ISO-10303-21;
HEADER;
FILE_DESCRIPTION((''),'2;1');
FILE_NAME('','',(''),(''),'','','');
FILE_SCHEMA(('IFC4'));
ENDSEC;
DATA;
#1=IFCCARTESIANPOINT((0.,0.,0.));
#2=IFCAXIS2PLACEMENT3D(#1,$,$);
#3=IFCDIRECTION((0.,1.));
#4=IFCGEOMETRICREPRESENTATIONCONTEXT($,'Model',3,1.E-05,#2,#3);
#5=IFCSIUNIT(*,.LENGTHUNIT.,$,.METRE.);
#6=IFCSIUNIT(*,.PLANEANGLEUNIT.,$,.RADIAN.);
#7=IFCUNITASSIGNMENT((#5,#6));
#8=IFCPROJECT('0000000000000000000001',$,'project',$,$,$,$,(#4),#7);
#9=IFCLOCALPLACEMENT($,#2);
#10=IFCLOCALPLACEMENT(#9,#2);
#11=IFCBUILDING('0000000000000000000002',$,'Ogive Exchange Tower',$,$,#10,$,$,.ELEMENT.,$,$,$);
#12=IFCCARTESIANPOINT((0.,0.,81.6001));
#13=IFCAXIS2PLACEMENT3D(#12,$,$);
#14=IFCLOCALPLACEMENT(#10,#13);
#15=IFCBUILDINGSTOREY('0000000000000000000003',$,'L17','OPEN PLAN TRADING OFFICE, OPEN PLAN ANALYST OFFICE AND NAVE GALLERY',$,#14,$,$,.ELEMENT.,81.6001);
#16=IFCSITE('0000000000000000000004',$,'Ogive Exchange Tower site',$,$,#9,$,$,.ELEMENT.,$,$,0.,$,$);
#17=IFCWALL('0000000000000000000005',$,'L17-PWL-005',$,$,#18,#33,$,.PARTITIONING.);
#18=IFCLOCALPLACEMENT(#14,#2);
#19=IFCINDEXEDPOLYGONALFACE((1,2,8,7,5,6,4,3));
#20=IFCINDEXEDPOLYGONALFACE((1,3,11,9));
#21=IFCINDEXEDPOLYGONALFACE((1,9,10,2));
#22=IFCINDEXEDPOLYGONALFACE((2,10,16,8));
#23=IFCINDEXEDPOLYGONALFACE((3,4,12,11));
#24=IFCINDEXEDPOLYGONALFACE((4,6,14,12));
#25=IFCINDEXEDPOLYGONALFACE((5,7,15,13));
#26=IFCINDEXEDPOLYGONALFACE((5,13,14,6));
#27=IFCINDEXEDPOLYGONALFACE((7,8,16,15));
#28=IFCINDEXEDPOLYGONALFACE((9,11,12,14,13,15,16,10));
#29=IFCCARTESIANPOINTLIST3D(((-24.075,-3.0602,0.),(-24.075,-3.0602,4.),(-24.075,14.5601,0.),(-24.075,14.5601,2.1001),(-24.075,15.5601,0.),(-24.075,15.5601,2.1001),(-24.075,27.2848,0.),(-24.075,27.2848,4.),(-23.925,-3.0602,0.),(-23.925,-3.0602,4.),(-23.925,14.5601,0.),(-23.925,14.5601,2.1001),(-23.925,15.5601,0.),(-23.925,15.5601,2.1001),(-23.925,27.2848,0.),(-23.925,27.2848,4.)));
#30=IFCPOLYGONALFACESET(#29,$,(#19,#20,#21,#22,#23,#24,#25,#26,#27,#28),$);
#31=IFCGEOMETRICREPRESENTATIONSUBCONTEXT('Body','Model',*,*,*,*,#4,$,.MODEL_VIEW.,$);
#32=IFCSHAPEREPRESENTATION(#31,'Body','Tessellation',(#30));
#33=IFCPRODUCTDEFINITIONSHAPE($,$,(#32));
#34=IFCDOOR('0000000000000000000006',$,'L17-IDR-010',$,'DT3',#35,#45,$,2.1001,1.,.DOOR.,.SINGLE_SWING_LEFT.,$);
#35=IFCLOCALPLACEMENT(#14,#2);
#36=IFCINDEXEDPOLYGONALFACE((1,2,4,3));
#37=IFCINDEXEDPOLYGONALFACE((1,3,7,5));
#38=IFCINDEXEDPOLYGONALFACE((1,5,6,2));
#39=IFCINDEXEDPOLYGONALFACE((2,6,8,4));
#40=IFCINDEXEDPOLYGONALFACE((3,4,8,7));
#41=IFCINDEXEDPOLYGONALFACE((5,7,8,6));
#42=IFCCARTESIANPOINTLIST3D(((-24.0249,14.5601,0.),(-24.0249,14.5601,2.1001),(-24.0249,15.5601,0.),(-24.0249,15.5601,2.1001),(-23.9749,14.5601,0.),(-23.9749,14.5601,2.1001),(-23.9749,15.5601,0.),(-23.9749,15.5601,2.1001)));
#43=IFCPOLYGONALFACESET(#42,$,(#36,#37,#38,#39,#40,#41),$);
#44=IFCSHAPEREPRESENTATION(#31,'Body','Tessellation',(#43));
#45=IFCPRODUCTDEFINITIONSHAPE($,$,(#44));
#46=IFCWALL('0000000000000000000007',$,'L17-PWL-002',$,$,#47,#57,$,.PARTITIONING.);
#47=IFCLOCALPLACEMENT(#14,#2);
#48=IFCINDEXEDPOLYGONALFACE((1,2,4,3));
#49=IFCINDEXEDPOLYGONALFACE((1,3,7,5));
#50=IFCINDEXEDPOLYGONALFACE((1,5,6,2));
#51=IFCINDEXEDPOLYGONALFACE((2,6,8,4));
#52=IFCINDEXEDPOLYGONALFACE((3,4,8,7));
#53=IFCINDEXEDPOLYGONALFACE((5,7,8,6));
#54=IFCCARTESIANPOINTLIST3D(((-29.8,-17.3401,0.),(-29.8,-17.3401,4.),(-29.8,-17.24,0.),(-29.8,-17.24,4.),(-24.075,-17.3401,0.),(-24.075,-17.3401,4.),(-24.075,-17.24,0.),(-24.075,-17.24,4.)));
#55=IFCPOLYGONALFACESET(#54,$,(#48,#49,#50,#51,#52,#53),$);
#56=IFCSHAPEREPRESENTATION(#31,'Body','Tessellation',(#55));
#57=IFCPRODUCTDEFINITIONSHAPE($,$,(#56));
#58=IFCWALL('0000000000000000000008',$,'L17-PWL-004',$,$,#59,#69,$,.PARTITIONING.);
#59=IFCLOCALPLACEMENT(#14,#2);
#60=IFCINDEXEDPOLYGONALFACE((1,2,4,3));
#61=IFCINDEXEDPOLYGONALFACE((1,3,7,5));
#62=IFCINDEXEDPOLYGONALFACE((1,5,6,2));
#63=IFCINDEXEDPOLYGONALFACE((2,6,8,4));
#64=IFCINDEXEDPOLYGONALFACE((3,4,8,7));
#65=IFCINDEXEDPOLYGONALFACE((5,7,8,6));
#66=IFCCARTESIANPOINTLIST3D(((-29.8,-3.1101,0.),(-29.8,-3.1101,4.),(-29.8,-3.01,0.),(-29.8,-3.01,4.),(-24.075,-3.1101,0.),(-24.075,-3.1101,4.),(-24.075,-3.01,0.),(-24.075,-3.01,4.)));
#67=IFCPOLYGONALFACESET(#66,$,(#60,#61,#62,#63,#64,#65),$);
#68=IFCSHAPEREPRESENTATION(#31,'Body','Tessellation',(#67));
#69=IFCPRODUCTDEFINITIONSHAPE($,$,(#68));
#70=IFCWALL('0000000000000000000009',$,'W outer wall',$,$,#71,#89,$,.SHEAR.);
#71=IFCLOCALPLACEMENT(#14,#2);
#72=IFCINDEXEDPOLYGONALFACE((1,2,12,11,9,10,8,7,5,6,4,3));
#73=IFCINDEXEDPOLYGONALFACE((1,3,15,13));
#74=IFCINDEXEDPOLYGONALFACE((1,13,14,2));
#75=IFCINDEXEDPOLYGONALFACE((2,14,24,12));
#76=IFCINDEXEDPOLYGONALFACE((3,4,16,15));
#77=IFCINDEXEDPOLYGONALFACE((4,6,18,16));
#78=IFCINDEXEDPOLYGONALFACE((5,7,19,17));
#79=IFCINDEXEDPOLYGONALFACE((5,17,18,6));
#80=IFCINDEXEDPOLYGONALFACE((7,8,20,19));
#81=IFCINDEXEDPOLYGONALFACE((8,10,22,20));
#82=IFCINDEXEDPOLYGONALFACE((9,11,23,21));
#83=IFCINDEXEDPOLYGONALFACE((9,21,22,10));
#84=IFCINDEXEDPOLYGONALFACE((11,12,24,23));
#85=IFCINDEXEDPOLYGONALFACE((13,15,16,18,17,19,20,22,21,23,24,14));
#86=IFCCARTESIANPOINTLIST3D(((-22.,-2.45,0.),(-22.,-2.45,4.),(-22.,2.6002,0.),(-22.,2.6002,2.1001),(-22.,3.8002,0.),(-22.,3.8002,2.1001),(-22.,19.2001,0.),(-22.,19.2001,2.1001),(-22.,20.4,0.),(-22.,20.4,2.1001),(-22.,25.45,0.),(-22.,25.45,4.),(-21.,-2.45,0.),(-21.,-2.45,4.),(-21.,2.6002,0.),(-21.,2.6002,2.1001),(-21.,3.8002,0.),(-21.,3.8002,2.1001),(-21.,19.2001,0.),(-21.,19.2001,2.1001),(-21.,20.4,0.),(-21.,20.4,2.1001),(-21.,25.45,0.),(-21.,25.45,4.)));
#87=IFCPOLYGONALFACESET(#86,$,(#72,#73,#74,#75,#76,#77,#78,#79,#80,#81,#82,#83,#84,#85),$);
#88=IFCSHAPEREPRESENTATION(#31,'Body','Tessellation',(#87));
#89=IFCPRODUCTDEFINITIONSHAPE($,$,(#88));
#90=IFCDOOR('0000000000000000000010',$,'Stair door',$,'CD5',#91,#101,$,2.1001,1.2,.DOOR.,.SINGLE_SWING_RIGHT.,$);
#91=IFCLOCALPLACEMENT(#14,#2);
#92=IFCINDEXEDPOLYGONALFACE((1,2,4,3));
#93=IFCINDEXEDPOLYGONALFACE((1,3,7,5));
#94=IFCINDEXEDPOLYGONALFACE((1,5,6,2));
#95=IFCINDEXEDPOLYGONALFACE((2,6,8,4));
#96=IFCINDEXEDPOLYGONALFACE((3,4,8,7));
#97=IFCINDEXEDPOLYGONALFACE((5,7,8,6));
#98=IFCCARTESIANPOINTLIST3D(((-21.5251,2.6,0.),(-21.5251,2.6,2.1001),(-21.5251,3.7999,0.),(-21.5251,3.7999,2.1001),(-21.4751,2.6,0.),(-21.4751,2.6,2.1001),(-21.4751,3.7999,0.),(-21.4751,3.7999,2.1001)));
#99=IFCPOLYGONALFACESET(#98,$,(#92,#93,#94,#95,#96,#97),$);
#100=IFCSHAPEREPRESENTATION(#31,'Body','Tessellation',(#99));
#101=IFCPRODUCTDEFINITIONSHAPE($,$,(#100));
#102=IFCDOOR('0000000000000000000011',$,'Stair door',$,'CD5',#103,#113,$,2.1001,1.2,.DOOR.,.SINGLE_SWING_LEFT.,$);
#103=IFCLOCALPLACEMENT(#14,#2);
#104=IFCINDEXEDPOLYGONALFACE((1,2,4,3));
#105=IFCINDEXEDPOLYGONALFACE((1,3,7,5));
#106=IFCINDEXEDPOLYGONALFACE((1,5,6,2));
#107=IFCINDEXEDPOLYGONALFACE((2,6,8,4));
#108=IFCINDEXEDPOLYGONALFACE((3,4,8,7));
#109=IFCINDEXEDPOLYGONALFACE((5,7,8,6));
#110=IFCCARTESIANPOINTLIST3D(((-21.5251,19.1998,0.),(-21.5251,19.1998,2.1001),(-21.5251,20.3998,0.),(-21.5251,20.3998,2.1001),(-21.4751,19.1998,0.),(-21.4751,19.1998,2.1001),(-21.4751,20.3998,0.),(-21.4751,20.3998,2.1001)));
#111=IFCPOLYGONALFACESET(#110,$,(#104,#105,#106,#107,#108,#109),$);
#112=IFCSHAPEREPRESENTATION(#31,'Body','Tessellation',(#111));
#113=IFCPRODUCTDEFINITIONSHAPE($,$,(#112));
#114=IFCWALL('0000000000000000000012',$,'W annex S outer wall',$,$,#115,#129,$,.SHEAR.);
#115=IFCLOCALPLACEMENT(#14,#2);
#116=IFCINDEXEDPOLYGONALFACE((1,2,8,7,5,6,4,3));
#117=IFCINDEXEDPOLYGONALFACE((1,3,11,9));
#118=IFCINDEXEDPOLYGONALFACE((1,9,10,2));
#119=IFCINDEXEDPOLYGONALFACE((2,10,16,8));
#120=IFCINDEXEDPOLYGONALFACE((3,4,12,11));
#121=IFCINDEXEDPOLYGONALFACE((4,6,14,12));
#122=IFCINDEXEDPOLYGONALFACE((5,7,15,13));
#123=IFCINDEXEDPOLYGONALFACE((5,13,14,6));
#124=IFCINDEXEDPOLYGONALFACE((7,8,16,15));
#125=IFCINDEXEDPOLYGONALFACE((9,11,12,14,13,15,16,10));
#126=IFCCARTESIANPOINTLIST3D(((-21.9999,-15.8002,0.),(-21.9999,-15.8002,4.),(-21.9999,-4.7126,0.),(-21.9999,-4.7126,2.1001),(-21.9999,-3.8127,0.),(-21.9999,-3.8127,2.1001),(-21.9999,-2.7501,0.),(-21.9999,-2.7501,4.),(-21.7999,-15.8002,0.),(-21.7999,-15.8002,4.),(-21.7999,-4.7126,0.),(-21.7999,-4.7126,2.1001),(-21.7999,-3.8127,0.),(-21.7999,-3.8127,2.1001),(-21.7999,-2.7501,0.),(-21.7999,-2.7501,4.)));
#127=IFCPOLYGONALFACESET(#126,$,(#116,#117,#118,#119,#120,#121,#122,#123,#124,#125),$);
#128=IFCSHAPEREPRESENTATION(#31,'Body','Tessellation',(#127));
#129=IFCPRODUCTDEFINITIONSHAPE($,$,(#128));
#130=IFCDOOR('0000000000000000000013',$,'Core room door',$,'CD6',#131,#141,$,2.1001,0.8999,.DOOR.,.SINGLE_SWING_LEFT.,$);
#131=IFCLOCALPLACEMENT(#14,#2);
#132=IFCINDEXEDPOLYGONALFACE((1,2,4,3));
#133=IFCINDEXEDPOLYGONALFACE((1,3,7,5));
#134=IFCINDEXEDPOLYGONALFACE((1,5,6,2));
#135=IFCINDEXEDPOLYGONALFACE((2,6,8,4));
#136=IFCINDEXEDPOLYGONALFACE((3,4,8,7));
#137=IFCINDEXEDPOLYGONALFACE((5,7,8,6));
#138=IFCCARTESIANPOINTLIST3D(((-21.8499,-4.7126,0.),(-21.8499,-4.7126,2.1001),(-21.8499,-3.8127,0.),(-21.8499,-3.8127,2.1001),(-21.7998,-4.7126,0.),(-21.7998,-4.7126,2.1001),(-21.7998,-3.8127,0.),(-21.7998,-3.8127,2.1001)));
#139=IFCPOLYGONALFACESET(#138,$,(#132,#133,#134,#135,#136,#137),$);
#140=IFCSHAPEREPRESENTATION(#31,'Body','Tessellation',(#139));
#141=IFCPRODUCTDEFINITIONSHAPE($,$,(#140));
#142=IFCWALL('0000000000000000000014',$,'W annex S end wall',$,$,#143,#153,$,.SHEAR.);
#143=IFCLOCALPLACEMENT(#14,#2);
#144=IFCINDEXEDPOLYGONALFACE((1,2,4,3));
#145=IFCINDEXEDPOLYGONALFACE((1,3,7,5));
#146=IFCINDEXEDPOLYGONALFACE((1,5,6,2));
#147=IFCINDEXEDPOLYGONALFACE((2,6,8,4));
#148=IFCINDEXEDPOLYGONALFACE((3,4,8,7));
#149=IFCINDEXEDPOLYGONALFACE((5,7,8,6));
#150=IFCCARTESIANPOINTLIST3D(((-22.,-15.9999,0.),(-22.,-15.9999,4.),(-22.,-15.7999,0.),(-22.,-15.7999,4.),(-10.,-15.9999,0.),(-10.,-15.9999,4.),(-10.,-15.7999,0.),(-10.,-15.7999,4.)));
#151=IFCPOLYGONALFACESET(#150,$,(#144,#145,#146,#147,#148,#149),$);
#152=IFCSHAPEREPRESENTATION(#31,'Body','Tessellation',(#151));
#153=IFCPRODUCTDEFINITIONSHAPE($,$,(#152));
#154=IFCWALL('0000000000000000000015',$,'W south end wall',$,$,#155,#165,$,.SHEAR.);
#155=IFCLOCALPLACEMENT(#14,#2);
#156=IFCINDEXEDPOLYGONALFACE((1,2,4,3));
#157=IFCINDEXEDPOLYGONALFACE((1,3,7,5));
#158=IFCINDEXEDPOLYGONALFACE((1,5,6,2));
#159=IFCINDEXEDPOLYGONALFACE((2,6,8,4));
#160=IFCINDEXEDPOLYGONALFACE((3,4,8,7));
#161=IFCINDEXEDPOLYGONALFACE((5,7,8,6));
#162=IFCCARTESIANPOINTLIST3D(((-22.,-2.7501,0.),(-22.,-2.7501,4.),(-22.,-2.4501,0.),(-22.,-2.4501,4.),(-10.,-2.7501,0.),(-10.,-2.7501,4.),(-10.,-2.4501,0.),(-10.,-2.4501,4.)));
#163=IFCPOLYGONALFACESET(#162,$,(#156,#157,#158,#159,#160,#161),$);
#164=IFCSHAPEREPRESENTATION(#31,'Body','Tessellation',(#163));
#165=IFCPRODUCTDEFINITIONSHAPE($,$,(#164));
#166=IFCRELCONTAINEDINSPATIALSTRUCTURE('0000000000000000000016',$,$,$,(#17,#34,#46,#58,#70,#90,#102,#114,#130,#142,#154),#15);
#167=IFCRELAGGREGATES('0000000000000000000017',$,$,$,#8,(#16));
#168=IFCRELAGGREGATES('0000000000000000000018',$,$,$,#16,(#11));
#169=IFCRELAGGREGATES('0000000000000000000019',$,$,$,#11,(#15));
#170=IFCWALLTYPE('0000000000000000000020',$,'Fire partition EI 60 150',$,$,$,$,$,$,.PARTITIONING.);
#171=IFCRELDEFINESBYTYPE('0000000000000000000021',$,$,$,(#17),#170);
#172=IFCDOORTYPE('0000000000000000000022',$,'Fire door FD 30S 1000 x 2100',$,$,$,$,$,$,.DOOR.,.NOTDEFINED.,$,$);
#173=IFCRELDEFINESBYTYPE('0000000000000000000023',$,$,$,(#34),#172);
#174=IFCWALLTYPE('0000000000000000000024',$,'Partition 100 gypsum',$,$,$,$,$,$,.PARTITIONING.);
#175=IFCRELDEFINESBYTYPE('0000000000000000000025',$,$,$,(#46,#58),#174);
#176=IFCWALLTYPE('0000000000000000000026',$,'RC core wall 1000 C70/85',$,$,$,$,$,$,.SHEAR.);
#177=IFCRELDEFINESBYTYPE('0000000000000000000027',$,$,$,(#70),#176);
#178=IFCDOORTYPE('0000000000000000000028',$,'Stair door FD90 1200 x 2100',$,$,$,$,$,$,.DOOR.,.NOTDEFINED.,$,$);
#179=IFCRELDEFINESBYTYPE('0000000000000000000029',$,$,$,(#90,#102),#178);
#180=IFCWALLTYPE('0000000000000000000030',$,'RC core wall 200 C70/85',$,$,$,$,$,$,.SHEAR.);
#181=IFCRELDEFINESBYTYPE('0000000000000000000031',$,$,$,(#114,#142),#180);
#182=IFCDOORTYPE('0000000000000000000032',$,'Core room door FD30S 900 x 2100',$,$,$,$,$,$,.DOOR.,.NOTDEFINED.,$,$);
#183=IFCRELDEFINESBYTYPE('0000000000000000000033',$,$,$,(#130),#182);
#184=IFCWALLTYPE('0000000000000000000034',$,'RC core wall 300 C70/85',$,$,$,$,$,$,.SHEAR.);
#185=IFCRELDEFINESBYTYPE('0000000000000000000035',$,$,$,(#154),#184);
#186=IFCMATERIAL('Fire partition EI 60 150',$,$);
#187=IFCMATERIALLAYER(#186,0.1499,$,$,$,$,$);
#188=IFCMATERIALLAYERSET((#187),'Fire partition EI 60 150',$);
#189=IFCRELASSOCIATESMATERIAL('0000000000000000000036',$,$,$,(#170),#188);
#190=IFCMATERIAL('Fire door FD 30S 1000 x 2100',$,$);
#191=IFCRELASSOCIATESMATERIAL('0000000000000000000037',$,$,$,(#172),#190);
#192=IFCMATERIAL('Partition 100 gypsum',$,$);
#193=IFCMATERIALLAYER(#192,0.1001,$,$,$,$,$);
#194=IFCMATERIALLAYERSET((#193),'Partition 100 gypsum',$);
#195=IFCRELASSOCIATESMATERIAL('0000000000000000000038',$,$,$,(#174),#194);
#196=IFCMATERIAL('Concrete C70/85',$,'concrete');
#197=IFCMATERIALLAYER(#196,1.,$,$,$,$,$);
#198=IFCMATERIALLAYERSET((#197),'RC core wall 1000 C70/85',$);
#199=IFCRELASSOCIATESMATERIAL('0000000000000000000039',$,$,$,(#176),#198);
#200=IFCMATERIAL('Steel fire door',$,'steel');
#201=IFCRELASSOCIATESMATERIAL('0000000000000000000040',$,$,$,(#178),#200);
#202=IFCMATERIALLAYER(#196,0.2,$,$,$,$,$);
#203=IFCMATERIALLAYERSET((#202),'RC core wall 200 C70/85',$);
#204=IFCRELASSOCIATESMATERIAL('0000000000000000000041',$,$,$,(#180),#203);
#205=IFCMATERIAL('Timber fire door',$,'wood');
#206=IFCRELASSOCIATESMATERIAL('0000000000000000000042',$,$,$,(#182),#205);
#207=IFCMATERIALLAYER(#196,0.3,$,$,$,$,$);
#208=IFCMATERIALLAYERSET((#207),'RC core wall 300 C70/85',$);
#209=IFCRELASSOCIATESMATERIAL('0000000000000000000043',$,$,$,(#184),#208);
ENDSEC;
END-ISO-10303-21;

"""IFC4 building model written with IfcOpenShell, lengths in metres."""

from ifc_helpers import new_model, si_unit, direction, frame, frame_2d, origin, place, context, subcontext, project, spatial, rectangle, extrude, material, layer, layer_set, type_object, element, fill, save


model = new_model("IFC4")

# Units and contexts
model_context = context("Model", 3, precision=1e-05, world=origin(), true_north=direction((0.0, 1.0)))
body_context = subcontext(model_context, "Body", "Model", "MODEL_VIEW")
ifc_project = project(units=[si_unit("LENGTHUNIT", "METRE"), si_unit("PLANEANGLEUNIT", "RADIAN")], contexts=[model_context])

# Site, building, storey
site_placement = place(None, origin())
site = spatial("IfcSite", under=ifc_project, at=site_placement, Name="Ogive Exchange Tower site", CompositionType="ELEMENT", RefElevation=0.0)
building_placement = place(site_placement, origin())
building = spatial("IfcBuilding", under=site, at=building_placement, Name="Ogive Exchange Tower", CompositionType="ELEMENT")
storey_placement = place(building_placement, frame((0.0, 0.0, 81.6001)))
storey = spatial("IfcBuildingStorey", under=building, at=storey_placement, Name="L17", Description="OPEN PLAN TRADING OFFICE, OPEN PLAN ANALYST OFFICE AND NAVE GALLERY", CompositionType="ELEMENT", Elevation=81.6001)

# Wall, opening, door
ifc_material_1 = material(Name="Fire partition EI 60 150")
ifc_layer_1 = layer(ifc_material_1, 0.1499)
ifc_layer_set_1 = layer_set([ifc_layer_1], Name="Fire partition EI 60 150")
wall_type_1 = type_object("IfcWallType", Name="Fire partition EI 60 150", PredefinedType="PARTITIONING", material=ifc_layer_set_1)
ifc_material_2 = material(Name="Fire door FD 30S 1000 x 2100")
door_type_1 = type_object("IfcDoorType", Name="Fire door FD 30S 1000 x 2100", OperationType="NOTDEFINED", PredefinedType="DOOR", material=ifc_material_2)
wall_1_placement = place(storey_placement, frame((-24.0, -3.0601, 0.0), z_axis=(0.0, 0.0, 1.0), x_axis=(0.0, 1.0, 0.0)))
wall_1 = element("IfcWall", 1, at=wall_1_placement, inside=storey, type_object=wall_type_1, Name="L17-PWL-005", PredefinedType="PARTITIONING", context=body_context, shape_type="SweptSolid", body=[
    extrude(rectangle(XDim=30.345, YDim=0.1499, at=frame_2d((15.1724, 0.0))), origin(), (0.0, 0.0, 1.0), 4.0),
])
opening_1_placement = place(wall_1_placement, frame((17.6201, 0.0, 0.0)))
opening_1 = element("IfcOpeningElement", 2, at=opening_1_placement, cuts=wall_1, PredefinedType="OPENING", context=body_context, shape_type="SweptSolid", body=[
    extrude(rectangle(XDim=1.0, YDim=2.1001, at=frame_2d((0.5, 1.05))), frame((0.0, 0.085, 0.0), z_axis=(0.0, -1.0, 0.0), x_axis=(1.0, 0.0, 0.0)), (0.0, 0.0, 1.0), 0.1699),
])
door_1_placement = place(opening_1_placement, origin())
door_1 = element("IfcDoor", 3, at=door_1_placement, inside=storey, type_object=door_type_1, Name="L17-IDR-010", ObjectType="DT3", OperationType="SINGLE_SWING_LEFT", OverallHeight=2.1001, OverallWidth=1.0, PredefinedType="DOOR", context=body_context, shape_type="SweptSolid", body=[
    extrude(rectangle(XDim=1.0, YDim=2.1001, at=frame_2d((0.5, 1.05))), frame((0.0, 0.0249, 0.0), z_axis=(0.0, -1.0, 0.0), x_axis=(1.0, 0.0, 0.0)), (0.0, 0.0, 1.0), 0.05),
])
fill(opening_1, door_1)

# Walls
ifc_material_3 = material(Name="Partition 100 gypsum")
ifc_layer_2 = layer(ifc_material_3, 0.1001)
ifc_layer_set_2 = layer_set([ifc_layer_2], Name="Partition 100 gypsum")
wall_type_2 = type_object("IfcWallType", Name="Partition 100 gypsum", PredefinedType="PARTITIONING", material=ifc_layer_set_2)
for number, where, z_axis, x_axis, name in (
    (4, (-24.075, -17.29, 0.0), (0.0, 0.0, 1.0), (-1.0, 0.0, 0.0), "L17-PWL-002"),
    (5, (-24.075, -3.0601, 0.0), (0.0, 0.0, 1.0), (-1.0, 0.0, 0.0), "L17-PWL-004"),
):
    element("IfcWall", number, at=place(storey_placement, frame(where, z_axis=z_axis, x_axis=x_axis)), inside=storey, type_object=wall_type_2, Name=name, PredefinedType="PARTITIONING", context=body_context, shape_type="SweptSolid", body=[
        extrude(rectangle(XDim=5.7251, YDim=0.1001, at=frame_2d((2.8625, 0.0))), origin(), (0.0, 0.0, 1.0), 4.0),
    ])

# Wall, openings, doors
ifc_material_4 = material(Name="Concrete C70/85", Category="concrete")
ifc_layer_3 = layer(ifc_material_4, 1.0)
ifc_layer_set_3 = layer_set([ifc_layer_3], Name="RC core wall 1000 C70/85")
wall_type_3 = type_object("IfcWallType", Name="RC core wall 1000 C70/85", PredefinedType="SHEAR", material=ifc_layer_set_3)
wall_2_placement = place(storey_placement, frame((-21.5, -2.45, 0.0), z_axis=(0.0, 0.0, 1.0), x_axis=(0.0, 1.0, 0.0)))
wall_2 = element("IfcWall", 6, at=wall_2_placement, inside=storey, type_object=wall_type_3, Name="W outer wall", PredefinedType="SHEAR", context=body_context, shape_type="SweptSolid", body=[
    extrude(rectangle(XDim=27.8999, YDim=1.0, at=frame_2d((13.95, 0.0))), origin(), (0.0, 0.0, 1.0), 4.0),
])
opening_2_placement = place(wall_2_placement, frame((5.05, 0.0, 0.0)))
opening_2 = element("IfcOpeningElement", 7, at=opening_2_placement, cuts=wall_2, PredefinedType="OPENING", context=body_context, shape_type="SweptSolid", body=[
    extrude(rectangle(XDim=1.2, YDim=2.1001, at=frame_2d((0.6001, 1.05))), frame((0.0, 0.51, 0.0), z_axis=(0.0, -1.0, 0.0), x_axis=(1.0, 0.0, 0.0)), (0.0, 0.0, 1.0), 1.02),
])
opening_3_placement = place(wall_2_placement, frame((21.6499, 0.0, 0.0)))
opening_3 = element("IfcOpeningElement", 8, at=opening_3_placement, cuts=wall_2, PredefinedType="OPENING", context=body_context, shape_type="SweptSolid", body=[
    extrude(rectangle(XDim=1.2, YDim=2.1001, at=frame_2d((0.6001, 1.05))), frame((0.0, 0.51, 0.0), z_axis=(0.0, -1.0, 0.0), x_axis=(1.0, 0.0, 0.0)), (0.0, 0.0, 1.0), 1.02),
])
ifc_material_5 = material(Name="Steel fire door", Category="steel")
door_type_2 = type_object("IfcDoorType", Name="Stair door FD90 1200 x 2100", OperationType="NOTDEFINED", PredefinedType="DOOR", material=ifc_material_5)
door_2_placement = place(opening_2_placement, frame((1.2, 0.0, 0.0), z_axis=(0.0, 0.0, 1.0), x_axis=(-1.0, 0.0, 0.0)))
door_2 = element("IfcDoor", 9, at=door_2_placement, inside=storey, type_object=door_type_2, Name="Stair door", ObjectType="CD5", OperationType="SINGLE_SWING_RIGHT", OverallHeight=2.1001, OverallWidth=1.2, PredefinedType="DOOR", context=body_context, shape_type="SweptSolid", body=[
    extrude(rectangle(XDim=1.2, YDim=2.1001, at=frame_2d((0.6001, 1.05))), frame((0.0, 0.0249, 0.0), z_axis=(0.0, -1.0, 0.0), x_axis=(1.0, 0.0, 0.0)), (0.0, 0.0, 1.0), 0.05),
])
fill(opening_2, door_2)
door_3_placement = place(opening_3_placement, frame((1.2, 0.0, 0.0), z_axis=(0.0, 0.0, 1.0), x_axis=(-1.0, 0.0, 0.0)))
door_3 = element("IfcDoor", 10, at=door_3_placement, inside=storey, type_object=door_type_2, Name="Stair door", ObjectType="CD5", OperationType="SINGLE_SWING_LEFT", OverallHeight=2.1001, OverallWidth=1.2, PredefinedType="DOOR", context=body_context, shape_type="SweptSolid", body=[
    extrude(rectangle(XDim=1.2, YDim=2.1001, at=frame_2d((0.6001, 1.05))), frame((0.0, 0.0249, 0.0), z_axis=(0.0, -1.0, 0.0), x_axis=(1.0, 0.0, 0.0)), (0.0, 0.0, 1.0), 0.05),
])
fill(opening_3, door_3)

# Wall, opening, door
ifc_layer_4 = layer(ifc_material_4, 0.2)
ifc_layer_set_4 = layer_set([ifc_layer_4], Name="RC core wall 200 C70/85")
wall_type_4 = type_object("IfcWallType", Name="RC core wall 200 C70/85", PredefinedType="SHEAR", material=ifc_layer_set_4)
wall_3_placement = place(storey_placement, frame((-21.8999, -15.8, 0.0), z_axis=(0.0, 0.0, 1.0), x_axis=(0.0, 1.0, 0.0)))
wall_3 = element("IfcWall", 11, at=wall_3_placement, inside=storey, type_object=wall_type_4, Name="W annex S outer wall", PredefinedType="SHEAR", context=body_context, shape_type="SweptSolid", body=[
    extrude(rectangle(XDim=13.05, YDim=0.2, at=frame_2d((6.5249, 0.0))), origin(), (0.0, 0.0, 1.0), 4.0),
])
opening_4_placement = place(wall_3_placement, frame((11.0874, 0.0, 0.0)))
opening_4 = element("IfcOpeningElement", 12, at=opening_4_placement, cuts=wall_3, PredefinedType="OPENING", context=body_context, shape_type="SweptSolid", body=[
    extrude(rectangle(XDim=0.8999, YDim=2.1001, at=frame_2d((0.45, 1.05))), frame((0.0, 0.1099, 0.0), z_axis=(0.0, -1.0, 0.0), x_axis=(1.0, 0.0, 0.0)), (0.0, 0.0, 1.0), 0.22),
])
ifc_material_6 = material(Name="Timber fire door", Category="wood")
door_type_3 = type_object("IfcDoorType", Name="Core room door FD30S 900 x 2100", OperationType="NOTDEFINED", PredefinedType="DOOR", material=ifc_material_6)
door_4_placement = place(opening_4_placement, frame((0.8999, -0.1499, 0.0), z_axis=(0.0, 0.0, 1.0), x_axis=(-1.0, 0.0, 0.0)))
door_4 = element("IfcDoor", 13, at=door_4_placement, inside=storey, type_object=door_type_3, Name="Core room door", ObjectType="CD6", OperationType="SINGLE_SWING_LEFT", OverallHeight=2.1001, OverallWidth=0.8999, PredefinedType="DOOR", context=body_context, shape_type="SweptSolid", body=[
    extrude(rectangle(XDim=0.8999, YDim=2.1001, at=frame_2d((0.45, 1.05))), frame((0.0, -0.0498, 0.0), z_axis=(0.0, -1.0, 0.0), x_axis=(1.0, 0.0, 0.0)), (0.0, 0.0, 1.0), 0.05),
])
fill(opening_4, door_4)

# Walls
wall_4_placement = place(storey_placement, frame((-22.0, -15.8999, 0.0), z_axis=(0.0, 0.0, 1.0), x_axis=(1.0, 0.0, 0.0)))
element("IfcWall", 14, at=wall_4_placement, inside=storey, type_object=wall_type_4, Name="W annex S end wall", PredefinedType="SHEAR", context=body_context, shape_type="SweptSolid", body=[
    extrude(rectangle(XDim=12.0, YDim=0.2, at=frame_2d((6.0, 0.0))), origin(), (0.0, 0.0, 1.0), 4.0),
])
ifc_layer_5 = layer(ifc_material_4, 0.3)
ifc_layer_set_5 = layer_set([ifc_layer_5], Name="RC core wall 300 C70/85")
wall_type_5 = type_object("IfcWallType", Name="RC core wall 300 C70/85", PredefinedType="SHEAR", material=ifc_layer_set_5)
wall_5_placement = place(storey_placement, frame((-22.0, -2.6001, 0.0), z_axis=(0.0, 0.0, 1.0), x_axis=(1.0, 0.0, 0.0)))
element("IfcWall", 15, at=wall_5_placement, inside=storey, type_object=wall_type_5, Name="W south end wall", PredefinedType="SHEAR", context=body_context, shape_type="SweptSolid", body=[
    extrude(rectangle(XDim=12.0, YDim=0.3, at=frame_2d((6.0, 0.0))), origin(), (0.0, 0.0, 1.0), 4.0),
])

save(model, "model.ifc")
